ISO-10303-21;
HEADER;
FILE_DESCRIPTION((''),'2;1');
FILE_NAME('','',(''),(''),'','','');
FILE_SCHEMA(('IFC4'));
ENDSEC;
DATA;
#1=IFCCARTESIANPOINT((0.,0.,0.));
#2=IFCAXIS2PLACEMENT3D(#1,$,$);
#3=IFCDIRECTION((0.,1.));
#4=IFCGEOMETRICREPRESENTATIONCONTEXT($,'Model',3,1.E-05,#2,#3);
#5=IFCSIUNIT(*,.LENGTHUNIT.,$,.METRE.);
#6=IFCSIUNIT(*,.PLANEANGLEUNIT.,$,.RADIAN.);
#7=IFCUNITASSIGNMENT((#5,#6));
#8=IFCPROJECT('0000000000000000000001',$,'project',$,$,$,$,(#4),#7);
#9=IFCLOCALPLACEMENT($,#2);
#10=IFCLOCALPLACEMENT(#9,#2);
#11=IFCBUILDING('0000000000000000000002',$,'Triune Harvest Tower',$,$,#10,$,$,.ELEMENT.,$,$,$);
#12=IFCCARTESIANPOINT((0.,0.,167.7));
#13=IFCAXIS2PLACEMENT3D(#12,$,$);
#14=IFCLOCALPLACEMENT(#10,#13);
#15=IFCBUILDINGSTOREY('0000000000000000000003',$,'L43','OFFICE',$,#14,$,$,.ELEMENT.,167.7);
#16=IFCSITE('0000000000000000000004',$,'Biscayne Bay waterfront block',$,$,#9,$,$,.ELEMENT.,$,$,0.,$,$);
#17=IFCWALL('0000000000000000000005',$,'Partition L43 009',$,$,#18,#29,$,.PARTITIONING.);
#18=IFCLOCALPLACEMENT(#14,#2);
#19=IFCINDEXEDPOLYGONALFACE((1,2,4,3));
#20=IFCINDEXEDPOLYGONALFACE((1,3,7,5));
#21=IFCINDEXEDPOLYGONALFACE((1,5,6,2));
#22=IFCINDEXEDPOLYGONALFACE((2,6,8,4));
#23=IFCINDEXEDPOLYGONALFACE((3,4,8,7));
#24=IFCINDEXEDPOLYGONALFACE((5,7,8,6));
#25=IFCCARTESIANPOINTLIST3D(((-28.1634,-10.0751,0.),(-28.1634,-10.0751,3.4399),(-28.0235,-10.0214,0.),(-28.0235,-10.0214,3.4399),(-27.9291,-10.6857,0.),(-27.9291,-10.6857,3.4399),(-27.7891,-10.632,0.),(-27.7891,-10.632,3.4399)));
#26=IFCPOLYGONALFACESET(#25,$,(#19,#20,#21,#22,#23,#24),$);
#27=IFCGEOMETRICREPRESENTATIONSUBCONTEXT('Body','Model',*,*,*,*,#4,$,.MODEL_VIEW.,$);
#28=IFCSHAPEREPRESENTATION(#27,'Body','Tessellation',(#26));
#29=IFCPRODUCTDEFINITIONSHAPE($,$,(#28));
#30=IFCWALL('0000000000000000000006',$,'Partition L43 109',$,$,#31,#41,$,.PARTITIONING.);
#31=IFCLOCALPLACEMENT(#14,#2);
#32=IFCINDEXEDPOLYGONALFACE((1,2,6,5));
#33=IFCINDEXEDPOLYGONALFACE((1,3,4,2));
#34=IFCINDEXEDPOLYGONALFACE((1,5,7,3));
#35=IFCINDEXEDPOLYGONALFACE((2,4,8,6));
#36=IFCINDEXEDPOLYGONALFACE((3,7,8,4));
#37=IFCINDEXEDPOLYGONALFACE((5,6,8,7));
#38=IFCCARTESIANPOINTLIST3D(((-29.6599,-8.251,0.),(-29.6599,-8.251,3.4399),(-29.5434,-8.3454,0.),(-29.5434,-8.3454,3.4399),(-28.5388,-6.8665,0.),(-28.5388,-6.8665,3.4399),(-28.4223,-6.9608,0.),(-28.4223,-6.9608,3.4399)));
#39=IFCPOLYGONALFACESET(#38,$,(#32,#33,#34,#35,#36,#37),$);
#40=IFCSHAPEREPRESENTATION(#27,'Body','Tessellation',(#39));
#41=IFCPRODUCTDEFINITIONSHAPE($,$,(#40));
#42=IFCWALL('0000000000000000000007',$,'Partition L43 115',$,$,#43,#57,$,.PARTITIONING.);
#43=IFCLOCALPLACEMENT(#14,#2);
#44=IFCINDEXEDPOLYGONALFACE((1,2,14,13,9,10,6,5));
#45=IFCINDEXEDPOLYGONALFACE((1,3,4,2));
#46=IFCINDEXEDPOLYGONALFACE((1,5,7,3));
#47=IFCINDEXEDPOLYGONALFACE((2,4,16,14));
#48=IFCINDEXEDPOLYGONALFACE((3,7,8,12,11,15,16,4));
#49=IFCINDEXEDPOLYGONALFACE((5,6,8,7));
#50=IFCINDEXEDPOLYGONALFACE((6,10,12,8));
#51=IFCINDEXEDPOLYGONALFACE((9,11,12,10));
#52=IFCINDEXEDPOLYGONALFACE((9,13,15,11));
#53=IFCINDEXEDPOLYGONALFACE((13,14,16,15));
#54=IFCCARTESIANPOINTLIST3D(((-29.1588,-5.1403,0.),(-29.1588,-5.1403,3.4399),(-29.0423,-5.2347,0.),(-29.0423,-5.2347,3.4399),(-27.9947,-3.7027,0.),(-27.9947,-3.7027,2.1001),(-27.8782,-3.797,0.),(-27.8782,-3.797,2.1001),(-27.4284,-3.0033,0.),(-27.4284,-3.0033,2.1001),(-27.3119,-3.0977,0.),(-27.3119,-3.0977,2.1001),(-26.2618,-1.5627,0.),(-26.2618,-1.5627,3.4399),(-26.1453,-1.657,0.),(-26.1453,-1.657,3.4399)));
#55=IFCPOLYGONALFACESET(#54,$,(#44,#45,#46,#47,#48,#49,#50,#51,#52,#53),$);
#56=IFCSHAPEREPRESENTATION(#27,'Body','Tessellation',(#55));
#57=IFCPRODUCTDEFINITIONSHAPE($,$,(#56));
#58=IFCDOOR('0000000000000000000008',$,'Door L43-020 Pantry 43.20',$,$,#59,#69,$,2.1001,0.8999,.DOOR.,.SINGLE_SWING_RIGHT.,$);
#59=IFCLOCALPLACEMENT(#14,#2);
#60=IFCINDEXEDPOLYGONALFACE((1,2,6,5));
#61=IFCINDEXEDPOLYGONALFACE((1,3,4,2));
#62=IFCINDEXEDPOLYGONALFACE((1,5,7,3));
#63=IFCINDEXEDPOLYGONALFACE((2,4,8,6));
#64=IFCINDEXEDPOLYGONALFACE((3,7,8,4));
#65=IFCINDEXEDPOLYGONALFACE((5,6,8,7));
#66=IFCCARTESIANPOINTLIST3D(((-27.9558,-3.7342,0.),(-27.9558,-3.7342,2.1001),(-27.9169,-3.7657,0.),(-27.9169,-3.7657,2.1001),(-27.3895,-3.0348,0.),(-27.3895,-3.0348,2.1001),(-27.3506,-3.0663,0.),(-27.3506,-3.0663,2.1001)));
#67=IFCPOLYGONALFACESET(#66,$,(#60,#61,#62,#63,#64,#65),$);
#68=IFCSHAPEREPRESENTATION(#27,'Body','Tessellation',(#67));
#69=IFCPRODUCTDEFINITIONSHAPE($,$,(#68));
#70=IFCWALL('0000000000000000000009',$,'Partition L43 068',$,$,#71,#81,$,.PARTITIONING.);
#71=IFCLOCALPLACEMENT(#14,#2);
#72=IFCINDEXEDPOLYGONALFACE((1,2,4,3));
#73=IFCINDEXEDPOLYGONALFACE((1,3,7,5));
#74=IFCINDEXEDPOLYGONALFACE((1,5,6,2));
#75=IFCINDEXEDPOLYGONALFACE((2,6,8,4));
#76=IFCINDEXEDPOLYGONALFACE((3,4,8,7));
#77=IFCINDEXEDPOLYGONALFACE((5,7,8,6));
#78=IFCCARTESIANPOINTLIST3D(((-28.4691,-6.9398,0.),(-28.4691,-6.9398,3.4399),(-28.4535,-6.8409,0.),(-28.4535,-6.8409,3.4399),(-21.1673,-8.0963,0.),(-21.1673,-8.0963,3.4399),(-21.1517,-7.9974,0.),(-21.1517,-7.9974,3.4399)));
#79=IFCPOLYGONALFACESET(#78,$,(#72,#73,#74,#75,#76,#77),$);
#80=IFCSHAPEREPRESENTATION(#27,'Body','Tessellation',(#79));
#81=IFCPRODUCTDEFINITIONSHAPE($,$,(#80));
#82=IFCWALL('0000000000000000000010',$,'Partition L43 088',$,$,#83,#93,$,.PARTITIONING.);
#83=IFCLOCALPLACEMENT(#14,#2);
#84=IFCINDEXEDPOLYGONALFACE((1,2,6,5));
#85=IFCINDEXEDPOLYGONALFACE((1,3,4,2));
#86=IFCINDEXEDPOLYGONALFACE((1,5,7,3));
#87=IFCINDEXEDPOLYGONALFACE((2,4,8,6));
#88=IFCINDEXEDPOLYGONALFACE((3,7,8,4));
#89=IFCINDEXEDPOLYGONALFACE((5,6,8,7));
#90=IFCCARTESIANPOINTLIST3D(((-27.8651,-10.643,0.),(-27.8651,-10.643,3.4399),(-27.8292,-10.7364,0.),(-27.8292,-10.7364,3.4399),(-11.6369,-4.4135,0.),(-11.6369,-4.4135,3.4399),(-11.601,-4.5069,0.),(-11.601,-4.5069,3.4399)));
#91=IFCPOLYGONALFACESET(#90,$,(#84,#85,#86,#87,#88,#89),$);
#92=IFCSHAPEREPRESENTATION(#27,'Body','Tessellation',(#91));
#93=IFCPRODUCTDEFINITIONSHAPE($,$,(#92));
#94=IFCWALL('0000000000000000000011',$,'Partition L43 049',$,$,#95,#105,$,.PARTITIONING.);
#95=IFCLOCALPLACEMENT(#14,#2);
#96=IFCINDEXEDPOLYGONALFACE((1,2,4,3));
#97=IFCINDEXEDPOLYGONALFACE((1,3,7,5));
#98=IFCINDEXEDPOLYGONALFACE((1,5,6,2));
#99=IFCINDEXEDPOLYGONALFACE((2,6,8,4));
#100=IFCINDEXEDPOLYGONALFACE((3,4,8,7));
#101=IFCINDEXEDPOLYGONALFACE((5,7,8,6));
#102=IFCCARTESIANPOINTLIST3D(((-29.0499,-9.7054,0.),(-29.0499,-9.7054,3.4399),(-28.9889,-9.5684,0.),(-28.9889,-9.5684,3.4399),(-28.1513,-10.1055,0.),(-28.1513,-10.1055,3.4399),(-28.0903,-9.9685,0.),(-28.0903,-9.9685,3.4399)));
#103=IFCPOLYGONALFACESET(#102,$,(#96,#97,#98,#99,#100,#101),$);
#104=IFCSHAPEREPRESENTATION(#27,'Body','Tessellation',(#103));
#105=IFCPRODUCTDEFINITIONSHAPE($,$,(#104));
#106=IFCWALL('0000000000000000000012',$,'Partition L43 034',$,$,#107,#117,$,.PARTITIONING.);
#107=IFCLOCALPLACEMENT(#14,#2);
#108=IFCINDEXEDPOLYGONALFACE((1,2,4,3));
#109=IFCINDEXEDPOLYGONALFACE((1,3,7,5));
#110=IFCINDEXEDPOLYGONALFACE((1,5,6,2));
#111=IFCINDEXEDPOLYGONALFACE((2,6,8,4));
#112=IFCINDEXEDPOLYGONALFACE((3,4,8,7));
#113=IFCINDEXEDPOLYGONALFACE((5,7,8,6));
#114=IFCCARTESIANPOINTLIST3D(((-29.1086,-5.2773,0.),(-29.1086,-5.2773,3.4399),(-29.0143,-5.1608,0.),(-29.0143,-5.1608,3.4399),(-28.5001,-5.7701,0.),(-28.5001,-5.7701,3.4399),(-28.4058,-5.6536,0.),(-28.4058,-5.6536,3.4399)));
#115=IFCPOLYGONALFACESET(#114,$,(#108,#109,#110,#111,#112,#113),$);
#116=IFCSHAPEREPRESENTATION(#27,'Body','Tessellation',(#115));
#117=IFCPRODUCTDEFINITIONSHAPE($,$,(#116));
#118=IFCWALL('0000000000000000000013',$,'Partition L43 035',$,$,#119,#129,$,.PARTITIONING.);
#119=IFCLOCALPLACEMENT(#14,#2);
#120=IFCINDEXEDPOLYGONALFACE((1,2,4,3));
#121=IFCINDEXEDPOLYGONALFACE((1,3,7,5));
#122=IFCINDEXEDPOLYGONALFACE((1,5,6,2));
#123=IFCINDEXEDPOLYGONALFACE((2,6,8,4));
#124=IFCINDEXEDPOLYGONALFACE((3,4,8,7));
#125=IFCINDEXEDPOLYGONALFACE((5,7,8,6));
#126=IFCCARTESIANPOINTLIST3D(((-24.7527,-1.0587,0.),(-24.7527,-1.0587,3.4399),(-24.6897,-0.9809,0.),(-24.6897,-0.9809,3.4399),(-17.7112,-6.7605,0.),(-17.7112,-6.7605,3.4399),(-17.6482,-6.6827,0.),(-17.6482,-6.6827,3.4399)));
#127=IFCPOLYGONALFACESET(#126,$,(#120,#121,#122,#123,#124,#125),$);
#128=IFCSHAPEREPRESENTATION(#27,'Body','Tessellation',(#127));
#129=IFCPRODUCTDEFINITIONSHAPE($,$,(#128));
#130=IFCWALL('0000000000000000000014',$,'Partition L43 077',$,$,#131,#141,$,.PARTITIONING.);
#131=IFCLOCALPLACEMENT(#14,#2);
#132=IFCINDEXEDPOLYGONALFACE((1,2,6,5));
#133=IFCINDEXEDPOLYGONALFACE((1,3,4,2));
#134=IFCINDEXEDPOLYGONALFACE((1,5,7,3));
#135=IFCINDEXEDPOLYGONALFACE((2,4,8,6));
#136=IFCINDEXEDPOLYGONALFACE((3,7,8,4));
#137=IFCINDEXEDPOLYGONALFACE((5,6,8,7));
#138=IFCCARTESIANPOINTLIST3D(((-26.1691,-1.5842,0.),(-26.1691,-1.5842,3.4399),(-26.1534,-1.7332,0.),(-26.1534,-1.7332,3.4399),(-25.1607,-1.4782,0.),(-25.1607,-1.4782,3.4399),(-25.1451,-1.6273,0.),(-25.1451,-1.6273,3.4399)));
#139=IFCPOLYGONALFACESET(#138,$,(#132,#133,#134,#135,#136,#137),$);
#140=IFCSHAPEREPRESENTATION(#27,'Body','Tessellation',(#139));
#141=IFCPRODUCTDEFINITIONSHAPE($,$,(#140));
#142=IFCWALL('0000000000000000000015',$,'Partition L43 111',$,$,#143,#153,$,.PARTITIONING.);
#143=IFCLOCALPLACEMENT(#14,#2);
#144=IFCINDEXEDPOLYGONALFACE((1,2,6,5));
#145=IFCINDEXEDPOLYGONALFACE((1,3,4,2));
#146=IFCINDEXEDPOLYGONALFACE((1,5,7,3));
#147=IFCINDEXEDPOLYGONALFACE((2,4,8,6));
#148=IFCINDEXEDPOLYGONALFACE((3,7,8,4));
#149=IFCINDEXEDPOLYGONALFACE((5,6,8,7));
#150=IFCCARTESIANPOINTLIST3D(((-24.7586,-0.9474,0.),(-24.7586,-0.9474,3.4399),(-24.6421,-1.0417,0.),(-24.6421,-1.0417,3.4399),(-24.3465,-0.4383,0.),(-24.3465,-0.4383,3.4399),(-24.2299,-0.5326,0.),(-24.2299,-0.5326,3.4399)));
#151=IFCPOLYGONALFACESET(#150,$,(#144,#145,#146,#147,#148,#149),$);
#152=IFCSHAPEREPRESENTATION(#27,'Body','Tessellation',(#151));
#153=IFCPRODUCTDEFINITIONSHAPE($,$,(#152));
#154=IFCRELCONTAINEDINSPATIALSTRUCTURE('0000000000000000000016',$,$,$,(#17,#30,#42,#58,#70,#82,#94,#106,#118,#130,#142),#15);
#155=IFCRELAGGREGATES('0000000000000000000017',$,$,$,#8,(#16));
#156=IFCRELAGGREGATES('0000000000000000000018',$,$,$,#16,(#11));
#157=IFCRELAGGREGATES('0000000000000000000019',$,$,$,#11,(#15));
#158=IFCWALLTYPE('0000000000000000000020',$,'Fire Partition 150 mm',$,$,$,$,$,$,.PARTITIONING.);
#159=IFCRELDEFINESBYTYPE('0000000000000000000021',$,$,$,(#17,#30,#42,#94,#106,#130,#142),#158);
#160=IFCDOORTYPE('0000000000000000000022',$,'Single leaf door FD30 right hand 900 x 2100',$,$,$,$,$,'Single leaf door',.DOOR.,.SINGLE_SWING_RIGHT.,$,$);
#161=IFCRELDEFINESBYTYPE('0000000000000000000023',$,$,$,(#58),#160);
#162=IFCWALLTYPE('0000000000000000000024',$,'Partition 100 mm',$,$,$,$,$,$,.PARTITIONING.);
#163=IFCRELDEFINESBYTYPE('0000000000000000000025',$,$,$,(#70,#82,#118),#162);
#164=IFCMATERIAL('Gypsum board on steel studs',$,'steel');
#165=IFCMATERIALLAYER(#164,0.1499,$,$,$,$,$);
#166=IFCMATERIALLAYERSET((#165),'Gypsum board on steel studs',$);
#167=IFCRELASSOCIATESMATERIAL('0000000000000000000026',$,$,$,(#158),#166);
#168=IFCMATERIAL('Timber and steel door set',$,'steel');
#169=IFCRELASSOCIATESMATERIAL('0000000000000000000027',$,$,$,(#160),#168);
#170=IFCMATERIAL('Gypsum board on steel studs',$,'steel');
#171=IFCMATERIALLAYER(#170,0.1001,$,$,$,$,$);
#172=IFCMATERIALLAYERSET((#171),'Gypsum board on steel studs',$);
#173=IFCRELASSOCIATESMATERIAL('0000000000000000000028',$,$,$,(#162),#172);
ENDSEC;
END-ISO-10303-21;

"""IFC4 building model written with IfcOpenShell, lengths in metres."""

from ifc_helpers import new_model, si_unit, direction, frame, frame_2d, origin, place, context, subcontext, project, spatial, rectangle, extrude, source, transform, mapped, material, layer, layer_set, type_object, element, fill, save


model = new_model("IFC4")

# Units and contexts
model_context = context("Model", 3, precision=1e-05, world=origin(), true_north=direction((0.0, 1.0)))
body_context = subcontext(model_context, "Body", "Model", "MODEL_VIEW")
ifc_project = project(units=[si_unit("LENGTHUNIT", "METRE"), si_unit("PLANEANGLEUNIT", "RADIAN")], contexts=[model_context])

# Site, building, storey
site_placement = place(None, origin())
site = spatial("IfcSite", under=ifc_project, at=site_placement, Name="Biscayne Bay waterfront block", CompositionType="ELEMENT", RefElevation=0.0)
building_placement = place(site_placement, origin())
building = spatial("IfcBuilding", under=site, at=building_placement, Name="Triune Harvest Tower", CompositionType="ELEMENT")
storey_placement = place(building_placement, frame((0.0, 0.0, 167.7)))
storey = spatial("IfcBuildingStorey", under=building, at=storey_placement, Name="L43", Description="OFFICE", CompositionType="ELEMENT", Elevation=167.7)

# Shared definitions
ifc_material_1 = material(Name="Gypsum board on steel studs", Category="steel")
ifc_layer_1 = layer(ifc_material_1, 0.1499)
ifc_layer_set_1 = layer_set([ifc_layer_1], Name="Gypsum board on steel studs")
wall_type_1 = type_object("IfcWallType", Name="Fire Partition 150 mm", PredefinedType="PARTITIONING", material=ifc_layer_set_1)

# Walls
wall_1_placement = place(storey_placement, frame((-28.0935, -10.0481, 0.0), z_axis=(0.0, 0.0, 1.0), x_axis=(0.358354, -0.933586, 0.0)))
element("IfcWall", 1, at=wall_1_placement, inside=storey, type_object=wall_type_1, Name="Partition L43 009", PredefinedType="PARTITIONING", context=body_context, shape_type="SweptSolid", body=[
    extrude(rectangle(XDim=0.6541, YDim=0.1499, at=frame_2d((0.3271, 0.0))), origin(), (0.0, 0.0, 1.0), 3.4399),
])
wall_2_placement = place(storey_placement, frame((-29.6016, -8.2981, 0.0), z_axis=(0.0, 0.0, 1.0), x_axis=(0.629297, 0.777165, 0.0)))
element("IfcWall", 2, at=wall_2_placement, inside=storey, type_object=wall_type_1, Name="Partition L43 109", PredefinedType="PARTITIONING", context=body_context, shape_type="SweptSolid", body=[
    extrude(rectangle(XDim=1.7815, YDim=0.1499, at=frame_2d((0.8906, 0.0))), origin(), (0.0, 0.0, 1.0), 3.4399),
])

# Wall, opening, door
wall_3_placement = place(storey_placement, frame((-29.1006, -5.1875, 0.0), z_axis=(0.0, 0.0, 1.0), x_axis=(0.629302, 0.777161, 0.0)))
wall_3 = element("IfcWall", 3, at=wall_3_placement, inside=storey, type_object=wall_type_1, Name="Partition L43 115", PredefinedType="PARTITIONING", context=body_context, shape_type="SweptSolid", body=[
    extrude(rectangle(XDim=4.6035, YDim=0.1499, at=frame_2d((2.3018, 0.0))), origin(), (0.0, 0.0, 1.0), 3.4399),
])
opening_1_placement = place(wall_3_placement, frame((1.8499, 0.0, 0.0)))
opening_1 = element("IfcOpeningElement", 4, at=opening_1_placement, cuts=wall_3, PredefinedType="OPENING", context=body_context, shape_type="SweptSolid", body=[
    extrude(rectangle(XDim=0.8999, YDim=2.1001, at=frame_2d((0.45, 1.05))), frame((0.0, 0.085, 0.0), z_axis=(0.0, -1.0, 0.0), x_axis=(1.0, 0.0, 0.0)), (0.0, 0.0, 1.0), 0.1699),
])
ifc_material_2 = material(Name="Timber and steel door set", Category="steel")
door_type_1 = type_object("IfcDoorType", Name="Single leaf door FD30 right hand 900 x 2100", ElementType="Single leaf door", OperationType="SINGLE_SWING_RIGHT", PredefinedType="DOOR", material=ifc_material_2)
door_1_placement = place(opening_1_placement, origin())
door_1 = element("IfcDoor", 5, at=door_1_placement, inside=storey, type_object=door_type_1, Name="Door L43-020 Pantry 43.20", OperationType="SINGLE_SWING_RIGHT", OverallHeight=2.1001, OverallWidth=0.8999, PredefinedType="DOOR", context=body_context, shape_type="SweptSolid", body=[
    extrude(rectangle(XDim=0.8999, YDim=2.1001, at=frame_2d((0.45, 1.05))), frame((0.0, 0.0249, 0.0), z_axis=(0.0, -1.0, 0.0), x_axis=(1.0, 0.0, 0.0)), (0.0, 0.0, 1.0), 0.05),
])
fill(opening_1, door_1)

# Walls
ifc_material_3 = material(Name="Gypsum board on steel studs", Category="steel")
ifc_layer_2 = layer(ifc_material_3, 0.1001)
ifc_layer_set_2 = layer_set([ifc_layer_2], Name="Gypsum board on steel studs")
wall_type_2 = type_object("IfcWallType", Name="Partition 100 mm", PredefinedType="PARTITIONING", material=ifc_layer_set_2)
wall_4_placement = place(storey_placement, frame((-28.4612, -6.8904, 0.0), z_axis=(0.0, 0.0, 1.0), x_axis=(0.987688, -0.156436, 0.0)))
element("IfcWall", 6, at=wall_4_placement, inside=storey, type_object=wall_type_2, Name="Partition L43 068", PredefinedType="PARTITIONING", context=body_context, shape_type="SweptSolid", body=[
    extrude(rectangle(XDim=7.3928, YDim=0.1001, at=frame_2d((3.6963, 0.0))), origin(), (0.0, 0.0, 1.0), 3.4399),
])
wall_5_placement = place(storey_placement, frame((-27.8472, -10.6897, 0.0), z_axis=(0.0, 0.0, 1.0), x_axis=(0.93358, 0.35837, 0.0)))
element("IfcWall", 7, at=wall_5_placement, inside=storey, type_object=wall_type_2, Name="Partition L43 088", PredefinedType="PARTITIONING", context=body_context, shape_type="SweptSolid", body=[
    extrude(rectangle(XDim=17.3828, YDim=0.1001, at=frame_2d((8.6914, 0.0))), origin(), (0.0, 0.0, 1.0), 3.4399),
])
shared_shape_1 = source(origin(), body_context, "Body", "SweptSolid", [
    extrude(rectangle(XDim=0.9836, YDim=0.1499, at=frame_2d((0.4917, 0.0))), origin(), (0.0, 0.0, 1.0), 3.4399),
])
wall_6_placement = place(storey_placement, frame((-29.0193, -9.637, 0.0), z_axis=(0.0, 0.0, 1.0), x_axis=(0.913535, -0.40676, 0.0)))
element("IfcWall", 8, at=wall_6_placement, inside=storey, type_object=wall_type_1, Name="Partition L43 049", PredefinedType="PARTITIONING", context=body_context, shape_type="MappedRepresentation", body=[
    mapped(shared_shape_1, transform((0.0, 0.0, 0.0), scale=1.0)),
])
shared_shape_2 = source(origin(), body_context, "Body", "SweptSolid", [
    extrude(rectangle(XDim=0.783, YDim=0.1499, at=frame_2d((0.3916, 0.0))), origin(), (0.0, 0.0, 1.0), 3.4399),
])
wall_7_placement = place(storey_placement, frame((-29.0615, -5.219, 0.0), z_axis=(0.0, 0.0, 1.0), x_axis=(0.777143, -0.629324, 0.0)))
element("IfcWall", 9, at=wall_7_placement, inside=storey, type_object=wall_type_1, Name="Partition L43 034", PredefinedType="PARTITIONING", context=body_context, shape_type="MappedRepresentation", body=[
    mapped(shared_shape_2, transform((0.0, 0.0, 0.0), scale=1.0)),
])
shared_shape_3 = source(origin(), body_context, "Body", "SweptSolid", [
    extrude(rectangle(XDim=9.0605, YDim=0.1001, at=frame_2d((4.5303, 0.0))), origin(), (0.0, 0.0, 1.0), 3.4399),
])
wall_8_placement = place(storey_placement, frame((-24.7212, -1.0198, 0.0), z_axis=(0.0, 0.0, 1.0), x_axis=(0.777156, -0.629308, 0.0)))
element("IfcWall", 10, at=wall_8_placement, inside=storey, type_object=wall_type_2, Name="Partition L43 035", PredefinedType="PARTITIONING", context=body_context, shape_type="MappedRepresentation", body=[
    mapped(shared_shape_3, transform((0.0, 0.0, 0.0), scale=1.0)),
])
shared_shape_4 = source(origin(), body_context, "Body", "SweptSolid", [
    extrude(rectangle(XDim=1.0139, YDim=0.1499, at=frame_2d((0.5068, 0.0))), origin(), (0.0, 0.0, 1.0), 3.4399),
])
wall_9_placement = place(storey_placement, frame((-26.1611, -1.6587, 0.0), z_axis=(0.0, 0.0, 1.0), x_axis=(0.994524, 0.104509, 0.0)))
element("IfcWall", 11, at=wall_9_placement, inside=storey, type_object=wall_type_1, Name="Partition L43 077", PredefinedType="PARTITIONING", context=body_context, shape_type="MappedRepresentation", body=[
    mapped(shared_shape_4, transform((0.0, 0.0, 0.0), scale=1.0)),
])
shared_shape_5 = source(origin(), body_context, "Body", "SweptSolid", [
    extrude(rectangle(XDim=0.655, YDim=0.1499, at=frame_2d((0.3276, 0.0))), origin(), (0.0, 0.0, 1.0), 3.4399),
])
wall_10_placement = place(storey_placement, frame((-24.7004, -0.9946, 0.0), z_axis=(0.0, 0.0, 1.0), x_axis=(0.62923, 0.777219, 0.0)))
element("IfcWall", 12, at=wall_10_placement, inside=storey, type_object=wall_type_1, Name="Partition L43 111", PredefinedType="PARTITIONING", context=body_context, shape_type="MappedRepresentation", body=[
    mapped(shared_shape_5, transform((0.0, 0.0, 0.0), scale=1.0)),
])

save(model, "model.ifc")
